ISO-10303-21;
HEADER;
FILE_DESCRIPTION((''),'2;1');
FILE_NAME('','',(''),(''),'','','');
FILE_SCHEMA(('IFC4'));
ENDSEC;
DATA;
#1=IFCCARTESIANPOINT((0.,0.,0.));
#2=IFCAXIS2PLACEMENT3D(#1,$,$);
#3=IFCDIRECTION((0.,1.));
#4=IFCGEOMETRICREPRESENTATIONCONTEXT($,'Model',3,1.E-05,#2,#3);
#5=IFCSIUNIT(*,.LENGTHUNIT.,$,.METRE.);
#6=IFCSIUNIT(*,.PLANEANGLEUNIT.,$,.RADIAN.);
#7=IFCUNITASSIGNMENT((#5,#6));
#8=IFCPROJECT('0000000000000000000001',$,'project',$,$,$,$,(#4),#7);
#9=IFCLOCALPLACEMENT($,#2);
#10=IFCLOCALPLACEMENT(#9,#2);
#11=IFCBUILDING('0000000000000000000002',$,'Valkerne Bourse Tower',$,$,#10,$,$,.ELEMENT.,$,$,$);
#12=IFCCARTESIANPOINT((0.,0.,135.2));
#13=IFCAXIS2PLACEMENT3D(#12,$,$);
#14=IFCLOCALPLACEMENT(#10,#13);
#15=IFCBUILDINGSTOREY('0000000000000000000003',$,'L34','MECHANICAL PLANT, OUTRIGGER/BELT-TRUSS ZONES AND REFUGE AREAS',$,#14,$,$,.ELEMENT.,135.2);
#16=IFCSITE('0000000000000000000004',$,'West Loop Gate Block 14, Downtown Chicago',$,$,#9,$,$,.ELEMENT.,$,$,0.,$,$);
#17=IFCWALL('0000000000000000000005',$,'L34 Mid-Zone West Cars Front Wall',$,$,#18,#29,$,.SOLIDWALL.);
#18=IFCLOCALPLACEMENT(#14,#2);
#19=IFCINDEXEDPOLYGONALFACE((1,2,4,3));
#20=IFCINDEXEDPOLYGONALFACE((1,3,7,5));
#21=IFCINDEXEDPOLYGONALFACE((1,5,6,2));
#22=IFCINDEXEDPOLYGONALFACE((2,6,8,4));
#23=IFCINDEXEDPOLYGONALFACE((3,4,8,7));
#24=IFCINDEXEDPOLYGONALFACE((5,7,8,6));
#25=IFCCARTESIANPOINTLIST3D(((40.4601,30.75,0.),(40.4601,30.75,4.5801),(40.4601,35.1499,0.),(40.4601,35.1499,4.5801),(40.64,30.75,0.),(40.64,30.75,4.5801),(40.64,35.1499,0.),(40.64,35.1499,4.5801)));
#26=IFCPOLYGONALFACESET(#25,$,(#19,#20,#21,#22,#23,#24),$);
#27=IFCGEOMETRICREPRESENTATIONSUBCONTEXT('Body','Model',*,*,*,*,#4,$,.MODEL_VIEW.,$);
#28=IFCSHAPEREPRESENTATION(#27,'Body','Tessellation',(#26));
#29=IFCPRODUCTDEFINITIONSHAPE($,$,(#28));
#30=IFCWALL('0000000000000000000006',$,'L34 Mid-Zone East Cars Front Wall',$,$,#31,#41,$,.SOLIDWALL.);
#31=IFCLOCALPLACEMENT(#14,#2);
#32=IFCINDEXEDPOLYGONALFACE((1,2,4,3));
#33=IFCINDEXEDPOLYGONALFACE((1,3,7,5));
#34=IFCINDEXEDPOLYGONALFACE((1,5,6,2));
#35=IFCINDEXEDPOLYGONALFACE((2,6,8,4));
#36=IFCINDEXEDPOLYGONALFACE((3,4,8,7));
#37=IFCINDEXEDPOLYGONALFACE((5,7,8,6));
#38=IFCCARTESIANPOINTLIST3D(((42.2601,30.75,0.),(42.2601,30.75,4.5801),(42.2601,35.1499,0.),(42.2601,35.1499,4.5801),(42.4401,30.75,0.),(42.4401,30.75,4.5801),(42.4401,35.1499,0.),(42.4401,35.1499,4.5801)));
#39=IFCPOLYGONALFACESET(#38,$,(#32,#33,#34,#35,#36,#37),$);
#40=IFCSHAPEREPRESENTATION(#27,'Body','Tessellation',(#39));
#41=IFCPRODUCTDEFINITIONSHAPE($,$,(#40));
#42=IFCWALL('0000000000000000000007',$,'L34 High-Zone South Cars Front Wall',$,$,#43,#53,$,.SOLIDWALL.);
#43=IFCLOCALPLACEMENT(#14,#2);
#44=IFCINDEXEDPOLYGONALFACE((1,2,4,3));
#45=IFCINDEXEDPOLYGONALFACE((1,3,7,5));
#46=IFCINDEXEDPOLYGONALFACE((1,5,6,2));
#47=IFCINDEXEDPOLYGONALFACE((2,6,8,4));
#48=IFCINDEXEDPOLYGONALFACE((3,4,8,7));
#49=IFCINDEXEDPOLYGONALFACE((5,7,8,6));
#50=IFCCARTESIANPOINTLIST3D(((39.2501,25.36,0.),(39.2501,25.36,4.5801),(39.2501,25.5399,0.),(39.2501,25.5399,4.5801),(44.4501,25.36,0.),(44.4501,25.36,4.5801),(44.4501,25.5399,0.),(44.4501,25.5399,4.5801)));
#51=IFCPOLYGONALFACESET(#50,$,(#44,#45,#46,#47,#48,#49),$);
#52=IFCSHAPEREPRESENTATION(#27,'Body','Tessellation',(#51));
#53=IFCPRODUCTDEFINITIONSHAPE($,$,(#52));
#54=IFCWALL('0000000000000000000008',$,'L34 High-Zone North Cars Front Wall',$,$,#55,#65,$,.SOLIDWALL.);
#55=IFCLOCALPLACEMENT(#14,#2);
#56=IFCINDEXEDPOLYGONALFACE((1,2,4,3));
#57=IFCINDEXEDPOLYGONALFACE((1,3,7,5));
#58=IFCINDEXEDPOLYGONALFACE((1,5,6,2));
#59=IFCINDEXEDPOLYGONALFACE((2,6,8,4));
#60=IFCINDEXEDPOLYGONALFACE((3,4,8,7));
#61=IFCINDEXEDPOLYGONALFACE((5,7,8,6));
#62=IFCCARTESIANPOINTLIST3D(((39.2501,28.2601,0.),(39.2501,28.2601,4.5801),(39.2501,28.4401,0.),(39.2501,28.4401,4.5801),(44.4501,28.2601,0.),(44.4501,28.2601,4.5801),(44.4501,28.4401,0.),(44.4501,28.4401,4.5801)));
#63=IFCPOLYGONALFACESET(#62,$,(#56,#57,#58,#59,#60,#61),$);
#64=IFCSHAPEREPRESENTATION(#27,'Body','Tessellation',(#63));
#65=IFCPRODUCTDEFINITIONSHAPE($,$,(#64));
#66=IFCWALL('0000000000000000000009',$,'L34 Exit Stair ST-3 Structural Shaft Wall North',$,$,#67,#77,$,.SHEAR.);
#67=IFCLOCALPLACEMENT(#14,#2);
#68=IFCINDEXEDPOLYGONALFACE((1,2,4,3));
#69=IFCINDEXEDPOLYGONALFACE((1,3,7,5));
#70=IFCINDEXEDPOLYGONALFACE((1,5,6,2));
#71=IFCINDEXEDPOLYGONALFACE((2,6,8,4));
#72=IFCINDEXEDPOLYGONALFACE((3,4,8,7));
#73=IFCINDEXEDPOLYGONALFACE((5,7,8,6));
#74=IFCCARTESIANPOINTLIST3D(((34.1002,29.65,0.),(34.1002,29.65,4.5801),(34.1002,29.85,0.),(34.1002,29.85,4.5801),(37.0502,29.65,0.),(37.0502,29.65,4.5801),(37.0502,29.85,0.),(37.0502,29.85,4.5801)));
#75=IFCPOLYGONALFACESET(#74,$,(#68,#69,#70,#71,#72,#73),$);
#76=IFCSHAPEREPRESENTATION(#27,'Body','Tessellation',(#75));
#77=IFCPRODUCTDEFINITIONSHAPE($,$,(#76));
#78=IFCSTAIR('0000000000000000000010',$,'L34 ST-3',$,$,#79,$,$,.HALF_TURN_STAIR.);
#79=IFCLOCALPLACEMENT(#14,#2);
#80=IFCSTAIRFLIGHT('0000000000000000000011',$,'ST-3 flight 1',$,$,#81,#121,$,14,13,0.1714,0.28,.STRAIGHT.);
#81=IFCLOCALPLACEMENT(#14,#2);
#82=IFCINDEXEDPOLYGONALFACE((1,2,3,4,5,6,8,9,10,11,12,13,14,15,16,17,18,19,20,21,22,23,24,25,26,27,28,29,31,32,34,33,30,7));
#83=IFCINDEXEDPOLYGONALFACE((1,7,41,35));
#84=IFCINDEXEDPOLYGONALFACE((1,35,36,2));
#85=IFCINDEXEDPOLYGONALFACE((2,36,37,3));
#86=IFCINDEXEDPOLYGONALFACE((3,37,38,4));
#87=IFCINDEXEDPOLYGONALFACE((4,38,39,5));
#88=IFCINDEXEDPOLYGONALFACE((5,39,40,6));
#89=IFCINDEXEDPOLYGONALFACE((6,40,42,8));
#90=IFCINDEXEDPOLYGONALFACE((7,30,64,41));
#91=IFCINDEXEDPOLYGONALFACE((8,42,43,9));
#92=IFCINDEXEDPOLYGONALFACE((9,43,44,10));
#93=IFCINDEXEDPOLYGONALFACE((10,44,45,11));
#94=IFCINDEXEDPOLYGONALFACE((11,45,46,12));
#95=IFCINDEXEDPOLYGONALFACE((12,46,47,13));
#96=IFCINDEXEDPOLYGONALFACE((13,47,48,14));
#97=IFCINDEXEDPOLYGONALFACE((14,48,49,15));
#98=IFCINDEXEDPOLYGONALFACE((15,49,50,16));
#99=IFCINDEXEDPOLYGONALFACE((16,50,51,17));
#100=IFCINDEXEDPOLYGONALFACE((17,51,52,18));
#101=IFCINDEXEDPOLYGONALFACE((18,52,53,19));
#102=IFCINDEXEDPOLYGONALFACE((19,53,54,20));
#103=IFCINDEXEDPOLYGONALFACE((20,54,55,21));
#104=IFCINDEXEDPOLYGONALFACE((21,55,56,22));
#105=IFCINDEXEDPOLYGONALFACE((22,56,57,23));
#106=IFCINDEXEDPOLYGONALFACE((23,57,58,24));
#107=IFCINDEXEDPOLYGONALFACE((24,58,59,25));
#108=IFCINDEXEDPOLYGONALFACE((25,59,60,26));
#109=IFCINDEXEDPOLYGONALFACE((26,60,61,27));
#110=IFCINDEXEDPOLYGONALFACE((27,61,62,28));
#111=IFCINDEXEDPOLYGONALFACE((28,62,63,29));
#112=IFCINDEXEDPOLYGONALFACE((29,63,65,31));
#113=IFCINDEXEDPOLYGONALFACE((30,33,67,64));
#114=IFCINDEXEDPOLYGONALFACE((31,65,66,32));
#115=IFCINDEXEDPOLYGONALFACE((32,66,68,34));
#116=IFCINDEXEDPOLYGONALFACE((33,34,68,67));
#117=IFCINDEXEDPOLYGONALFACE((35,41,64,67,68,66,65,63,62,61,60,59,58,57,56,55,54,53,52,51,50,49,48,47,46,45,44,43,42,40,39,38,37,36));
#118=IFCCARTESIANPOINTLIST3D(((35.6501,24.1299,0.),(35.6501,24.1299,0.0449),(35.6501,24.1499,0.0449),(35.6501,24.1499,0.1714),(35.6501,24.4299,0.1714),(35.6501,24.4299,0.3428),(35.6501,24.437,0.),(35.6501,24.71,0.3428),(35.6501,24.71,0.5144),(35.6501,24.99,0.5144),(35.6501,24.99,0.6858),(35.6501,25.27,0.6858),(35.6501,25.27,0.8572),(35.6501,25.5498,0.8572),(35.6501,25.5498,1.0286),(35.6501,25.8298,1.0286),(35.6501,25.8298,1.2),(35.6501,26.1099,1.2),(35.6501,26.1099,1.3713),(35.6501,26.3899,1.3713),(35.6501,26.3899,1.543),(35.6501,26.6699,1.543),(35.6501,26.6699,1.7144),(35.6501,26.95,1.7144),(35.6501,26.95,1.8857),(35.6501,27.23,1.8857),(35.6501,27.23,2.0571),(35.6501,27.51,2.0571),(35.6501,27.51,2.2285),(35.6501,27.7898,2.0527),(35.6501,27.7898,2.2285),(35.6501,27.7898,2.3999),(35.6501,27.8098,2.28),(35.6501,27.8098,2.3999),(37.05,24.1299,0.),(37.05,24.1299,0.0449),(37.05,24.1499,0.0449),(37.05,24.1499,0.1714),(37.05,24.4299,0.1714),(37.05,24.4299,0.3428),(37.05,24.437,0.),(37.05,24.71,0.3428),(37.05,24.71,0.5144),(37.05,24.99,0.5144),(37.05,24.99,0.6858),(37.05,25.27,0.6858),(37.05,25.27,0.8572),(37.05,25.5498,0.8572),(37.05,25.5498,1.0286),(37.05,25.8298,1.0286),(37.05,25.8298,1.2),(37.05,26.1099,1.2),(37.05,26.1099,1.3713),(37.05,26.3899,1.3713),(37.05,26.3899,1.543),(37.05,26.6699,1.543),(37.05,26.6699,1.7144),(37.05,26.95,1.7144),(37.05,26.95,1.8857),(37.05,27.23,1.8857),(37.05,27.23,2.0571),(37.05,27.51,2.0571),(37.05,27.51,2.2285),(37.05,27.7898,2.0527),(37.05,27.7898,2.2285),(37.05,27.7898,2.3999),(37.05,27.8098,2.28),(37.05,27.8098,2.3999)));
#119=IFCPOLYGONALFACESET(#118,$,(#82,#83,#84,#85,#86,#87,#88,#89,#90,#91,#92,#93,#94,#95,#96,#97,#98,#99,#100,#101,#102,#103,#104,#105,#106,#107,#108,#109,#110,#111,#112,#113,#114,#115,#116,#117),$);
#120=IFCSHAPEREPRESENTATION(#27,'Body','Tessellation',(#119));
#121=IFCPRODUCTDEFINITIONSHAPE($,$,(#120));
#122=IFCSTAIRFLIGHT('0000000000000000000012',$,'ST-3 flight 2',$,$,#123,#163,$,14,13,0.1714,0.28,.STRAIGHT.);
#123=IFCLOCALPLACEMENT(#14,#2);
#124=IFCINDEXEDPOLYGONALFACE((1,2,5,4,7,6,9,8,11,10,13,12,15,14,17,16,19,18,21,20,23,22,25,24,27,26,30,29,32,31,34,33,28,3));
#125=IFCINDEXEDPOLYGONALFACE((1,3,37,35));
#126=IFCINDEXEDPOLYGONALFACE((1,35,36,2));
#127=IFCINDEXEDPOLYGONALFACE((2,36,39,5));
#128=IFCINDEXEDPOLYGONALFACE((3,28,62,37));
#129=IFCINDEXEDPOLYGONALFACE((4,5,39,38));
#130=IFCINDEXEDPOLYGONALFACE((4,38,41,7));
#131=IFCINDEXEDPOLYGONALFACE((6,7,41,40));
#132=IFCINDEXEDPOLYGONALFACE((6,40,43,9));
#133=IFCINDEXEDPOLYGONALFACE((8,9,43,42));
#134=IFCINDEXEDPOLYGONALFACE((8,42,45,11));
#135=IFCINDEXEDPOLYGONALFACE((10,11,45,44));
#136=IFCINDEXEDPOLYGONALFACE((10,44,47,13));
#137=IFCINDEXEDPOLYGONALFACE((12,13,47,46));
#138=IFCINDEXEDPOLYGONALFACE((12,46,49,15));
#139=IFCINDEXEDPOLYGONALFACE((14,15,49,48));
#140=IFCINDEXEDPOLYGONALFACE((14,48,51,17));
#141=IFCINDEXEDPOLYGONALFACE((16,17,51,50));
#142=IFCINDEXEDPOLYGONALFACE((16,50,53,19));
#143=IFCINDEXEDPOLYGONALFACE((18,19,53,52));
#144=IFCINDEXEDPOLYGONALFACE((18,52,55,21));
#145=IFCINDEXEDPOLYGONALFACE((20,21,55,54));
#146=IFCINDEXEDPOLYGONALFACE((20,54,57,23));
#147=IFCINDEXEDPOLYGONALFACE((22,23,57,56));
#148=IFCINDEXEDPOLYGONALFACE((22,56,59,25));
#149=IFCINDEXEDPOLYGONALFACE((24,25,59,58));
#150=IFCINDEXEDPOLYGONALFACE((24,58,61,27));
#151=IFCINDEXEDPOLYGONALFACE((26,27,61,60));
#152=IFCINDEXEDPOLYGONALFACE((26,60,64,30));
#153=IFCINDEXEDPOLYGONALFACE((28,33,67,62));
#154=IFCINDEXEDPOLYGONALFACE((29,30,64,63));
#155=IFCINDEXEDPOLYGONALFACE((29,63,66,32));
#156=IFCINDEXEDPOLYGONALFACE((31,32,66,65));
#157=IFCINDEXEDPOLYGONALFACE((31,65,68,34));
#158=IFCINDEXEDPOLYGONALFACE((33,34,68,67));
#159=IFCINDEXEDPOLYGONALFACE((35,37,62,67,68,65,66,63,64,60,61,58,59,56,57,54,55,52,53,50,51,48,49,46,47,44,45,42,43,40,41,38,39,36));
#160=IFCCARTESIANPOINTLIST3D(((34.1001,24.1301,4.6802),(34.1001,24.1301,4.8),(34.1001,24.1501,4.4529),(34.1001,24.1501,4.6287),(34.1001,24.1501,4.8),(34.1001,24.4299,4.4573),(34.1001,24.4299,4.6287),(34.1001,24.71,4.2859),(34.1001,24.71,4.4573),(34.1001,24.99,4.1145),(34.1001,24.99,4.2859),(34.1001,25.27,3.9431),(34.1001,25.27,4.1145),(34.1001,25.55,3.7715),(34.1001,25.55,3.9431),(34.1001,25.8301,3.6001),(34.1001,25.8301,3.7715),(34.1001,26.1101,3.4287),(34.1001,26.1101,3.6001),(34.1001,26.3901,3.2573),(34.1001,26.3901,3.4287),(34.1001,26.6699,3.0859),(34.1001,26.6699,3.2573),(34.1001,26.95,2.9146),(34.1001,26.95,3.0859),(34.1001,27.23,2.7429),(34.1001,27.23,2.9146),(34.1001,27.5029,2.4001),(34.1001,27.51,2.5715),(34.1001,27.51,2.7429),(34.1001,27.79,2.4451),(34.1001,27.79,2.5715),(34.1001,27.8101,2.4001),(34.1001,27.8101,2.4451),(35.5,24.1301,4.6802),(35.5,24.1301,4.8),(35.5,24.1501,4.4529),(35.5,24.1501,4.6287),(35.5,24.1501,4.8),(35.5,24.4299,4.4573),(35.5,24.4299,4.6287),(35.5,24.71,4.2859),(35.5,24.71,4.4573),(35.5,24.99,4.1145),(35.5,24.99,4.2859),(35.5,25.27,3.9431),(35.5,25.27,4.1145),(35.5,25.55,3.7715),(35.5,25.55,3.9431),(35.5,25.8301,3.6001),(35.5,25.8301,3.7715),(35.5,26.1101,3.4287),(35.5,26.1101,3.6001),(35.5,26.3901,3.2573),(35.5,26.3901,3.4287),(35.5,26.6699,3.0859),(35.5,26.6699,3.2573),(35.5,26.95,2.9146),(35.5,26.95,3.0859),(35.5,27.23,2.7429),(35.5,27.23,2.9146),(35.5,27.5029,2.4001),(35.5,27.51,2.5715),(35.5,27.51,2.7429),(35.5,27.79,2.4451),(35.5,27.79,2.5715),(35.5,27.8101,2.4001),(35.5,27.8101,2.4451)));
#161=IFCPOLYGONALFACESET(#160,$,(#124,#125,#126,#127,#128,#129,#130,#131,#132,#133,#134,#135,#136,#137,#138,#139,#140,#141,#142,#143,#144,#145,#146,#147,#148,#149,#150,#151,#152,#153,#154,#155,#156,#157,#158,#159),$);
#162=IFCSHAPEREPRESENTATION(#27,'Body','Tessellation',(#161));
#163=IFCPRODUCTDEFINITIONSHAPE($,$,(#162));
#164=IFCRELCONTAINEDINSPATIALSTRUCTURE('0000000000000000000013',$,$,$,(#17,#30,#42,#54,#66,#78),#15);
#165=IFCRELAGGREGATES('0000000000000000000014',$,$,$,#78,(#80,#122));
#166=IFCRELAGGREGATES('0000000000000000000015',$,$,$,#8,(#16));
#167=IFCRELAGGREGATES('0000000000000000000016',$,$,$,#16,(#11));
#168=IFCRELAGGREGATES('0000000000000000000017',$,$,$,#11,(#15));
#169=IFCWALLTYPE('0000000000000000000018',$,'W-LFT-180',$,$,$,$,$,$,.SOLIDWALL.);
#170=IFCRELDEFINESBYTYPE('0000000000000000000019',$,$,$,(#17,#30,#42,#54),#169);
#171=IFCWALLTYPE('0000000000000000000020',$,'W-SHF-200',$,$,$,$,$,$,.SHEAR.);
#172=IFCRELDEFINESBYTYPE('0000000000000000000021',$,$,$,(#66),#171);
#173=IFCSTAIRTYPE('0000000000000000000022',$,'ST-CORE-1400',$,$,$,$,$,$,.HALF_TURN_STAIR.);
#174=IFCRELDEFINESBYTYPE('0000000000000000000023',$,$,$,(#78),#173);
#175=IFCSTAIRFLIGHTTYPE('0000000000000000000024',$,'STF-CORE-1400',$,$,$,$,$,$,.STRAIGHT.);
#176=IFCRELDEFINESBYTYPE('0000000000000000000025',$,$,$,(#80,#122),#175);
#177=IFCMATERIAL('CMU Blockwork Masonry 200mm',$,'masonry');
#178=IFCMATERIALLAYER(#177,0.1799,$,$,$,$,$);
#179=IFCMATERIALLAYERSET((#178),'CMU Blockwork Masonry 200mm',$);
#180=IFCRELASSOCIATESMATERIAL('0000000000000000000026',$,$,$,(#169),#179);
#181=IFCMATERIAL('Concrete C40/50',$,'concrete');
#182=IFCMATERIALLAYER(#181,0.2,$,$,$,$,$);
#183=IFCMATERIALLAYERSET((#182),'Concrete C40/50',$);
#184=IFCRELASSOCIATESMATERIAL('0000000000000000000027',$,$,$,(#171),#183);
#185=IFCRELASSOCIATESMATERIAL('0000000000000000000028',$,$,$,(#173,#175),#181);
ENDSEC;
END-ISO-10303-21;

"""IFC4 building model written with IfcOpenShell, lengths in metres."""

from ifc_helpers import new_model, si_unit, direction, frame, frame_2d, origin, place, context, subcontext, project, spatial, polyline, rectangle, outline, extrude, material, layer, layer_set, type_object, element, aggregate, save


model = new_model("IFC4")

# Units and contexts
model_context = context("Model", 3, precision=1e-05, world=origin(), true_north=direction((0.0, 1.0)))
body_context = subcontext(model_context, "Body", "Model", "MODEL_VIEW")
ifc_project = project(units=[si_unit("LENGTHUNIT", "METRE"), si_unit("PLANEANGLEUNIT", "RADIAN")], contexts=[model_context])

# Site, building, storey
site_placement = place(None, origin())
site = spatial("IfcSite", under=ifc_project, at=site_placement, Name="West Loop Gate Block 14, Downtown Chicago", CompositionType="ELEMENT", RefElevation=0.0)
building_placement = place(site_placement, origin())
building = spatial("IfcBuilding", under=site, at=building_placement, Name="Valkerne Bourse Tower", CompositionType="ELEMENT")
storey_placement = place(building_placement, frame((0.0, 0.0, 135.2)))
storey = spatial("IfcBuildingStorey", under=building, at=storey_placement, Name="L34", Description="MECHANICAL PLANT, OUTRIGGER/BELT-TRUSS ZONES AND REFUGE AREAS", CompositionType="ELEMENT", Elevation=135.2)

# Walls
ifc_material_1 = material(Name="CMU Blockwork Masonry 200mm", Category="masonry")
ifc_layer_1 = layer(ifc_material_1, 0.1799)
ifc_layer_set_1 = layer_set([ifc_layer_1], Name="CMU Blockwork Masonry 200mm")
wall_type_1 = type_object("IfcWallType", Name="W-LFT-180", PredefinedType="SOLIDWALL", material=ifc_layer_set_1)
for number, where, z_axis, x_axis, name in (
    (1, (40.55, 30.75, 0.0), (0.0, 0.0, 1.0), (0.0, 1.0, 0.0), "L34 Mid-Zone West Cars Front Wall"),
    (2, (42.3501, 30.75, 0.0), (0.0, 0.0, 1.0), (0.0, 1.0, 0.0), "L34 Mid-Zone East Cars Front Wall"),
):
    element("IfcWall", number, at=place(storey_placement, frame(where, z_axis=z_axis, x_axis=x_axis)), inside=storey, type_object=wall_type_1, Name=name, PredefinedType="SOLIDWALL", context=body_context, shape_type="SweptSolid", body=[
        extrude(rectangle(XDim=4.3999, YDim=0.1799, at=frame_2d((2.2, 0.0))), origin(), (0.0, 0.0, 1.0), 4.5801),
    ])
for number, where, z_axis, x_axis, name in (
    (3, (39.25, 25.45, 0.0), (0.0, 0.0, 1.0), (1.0, 0.0, 0.0), "L34 High-Zone South Cars Front Wall"),
    (4, (39.25, 28.3501, 0.0), (0.0, 0.0, 1.0), (1.0, 0.0, 0.0), "L34 High-Zone North Cars Front Wall"),
):
    element("IfcWall", number, at=place(storey_placement, frame(where, z_axis=z_axis, x_axis=x_axis)), inside=storey, type_object=wall_type_1, Name=name, PredefinedType="SOLIDWALL", context=body_context, shape_type="SweptSolid", body=[
        extrude(rectangle(XDim=5.2, YDim=0.1799, at=frame_2d((2.6001, 0.0))), origin(), (0.0, 0.0, 1.0), 4.5801),
    ])
ifc_material_2 = material(Name="Concrete C40/50", Category="concrete")
ifc_layer_2 = layer(ifc_material_2, 0.2)
ifc_layer_set_2 = layer_set([ifc_layer_2], Name="Concrete C40/50")
wall_type_2 = type_object("IfcWallType", Name="W-SHF-200", PredefinedType="SHEAR", material=ifc_layer_set_2)
wall_1_placement = place(storey_placement, frame((34.1001, 29.75, 0.0), z_axis=(0.0, 0.0, 1.0), x_axis=(1.0, 0.0, 0.0)))
element("IfcWall", 5, at=wall_1_placement, inside=storey, type_object=wall_type_2, Name="L34 Exit Stair ST-3 Structural Shaft Wall North", PredefinedType="SHEAR", context=body_context, shape_type="SweptSolid", body=[
    extrude(rectangle(XDim=2.95, YDim=0.2, at=frame_2d((1.4751, 0.0))), origin(), (0.0, 0.0, 1.0), 4.5801),
])

# Stair, stair flights
stair_type = type_object("IfcStairType", Name="ST-CORE-1400", PredefinedType="HALF_TURN_STAIR", material=ifc_material_2)
stair_placement = place(storey_placement, origin())
stair = element("IfcStair", 6, at=stair_placement, inside=storey, type_object=stair_type, Name="L34 ST-3", PredefinedType="HALF_TURN_STAIR")
stair_flight_type = type_object("IfcStairFlightType", Name="STF-CORE-1400", PredefinedType="STRAIGHT", material=ifc_material_2)
stair_flight_1_placement = place(storey_placement, frame((36.3501, 24.1499, 0.0), z_axis=(0.0, 0.0, 1.0), x_axis=(0.0, 1.0, 0.0)))
stair_flight_1 = element("IfcStairFlight", 7, at=stair_flight_1_placement, type_object=stair_flight_type, Name="ST-3 flight 1", NumberOfRisers=14, NumberOfTreads=13, PredefinedType="STRAIGHT", RiserHeight=0.1714, TreadLength=0.28, context=body_context, shape_type="SweptSolid", body=[
    extrude(outline(polyline([(-0.02, 0.0), (-0.02, 0.0449), (0.0, 0.0449), (0.0, 0.1714), (0.28, 0.1714), (0.28, 0.3428), (0.5601, 0.3428), (0.5601, 0.5144), (0.8401, 0.5144), (0.8401, 0.6858), (1.1201, 0.6858), (1.1201, 0.8572), (1.3999, 0.8572), (1.3999, 1.0286), (1.6799, 1.0286), (1.6799, 1.2), (1.96, 1.2), (1.96, 1.3713), (2.24, 1.3713), (2.24, 1.543), (2.52, 1.543), (2.52, 1.7144), (2.8, 1.7144), (2.8, 1.8857), (3.0801, 1.8857), (3.0801, 2.0571), (3.3601, 2.0571), (3.3601, 2.2285), (3.6399, 2.2285), (3.6399, 2.3999), (3.6599, 2.3999), (3.6599, 2.28), (3.6399, 2.0527), (0.2871, 0.0), (-0.02, 0.0)])), frame((0.0, 0.7, 0.0), z_axis=(0.0, -1.0, 0.0), x_axis=(1.0, 0.0, 0.0)), (0.0, 0.0, 1.0), 1.3999),
])
stair_flight_2_placement = place(storey_placement, frame((34.8, 27.79, 2.4001), z_axis=(0.0, 0.0, 1.0), x_axis=(0.0, -1.0, 0.0)))
stair_flight_2 = element("IfcStairFlight", 8, at=stair_flight_2_placement, type_object=stair_flight_type, Name="ST-3 flight 2", NumberOfRisers=14, NumberOfTreads=13, PredefinedType="STRAIGHT", RiserHeight=0.1714, TreadLength=0.28, context=body_context, shape_type="SweptSolid", body=[
    extrude(outline(polyline([(-0.02, 0.0), (-0.02, 0.0449), (0.0, 0.0449), (0.0, 0.1714), (0.28, 0.1714), (0.28, 0.3428), (0.5601, 0.3428), (0.5601, 0.5144), (0.8401, 0.5144), (0.8401, 0.6858), (1.1201, 0.6858), (1.1201, 0.8572), (1.3999, 0.8572), (1.3999, 1.0286), (1.6799, 1.0286), (1.6799, 1.2), (1.96, 1.2), (1.96, 1.3713), (2.24, 1.3713), (2.24, 1.543), (2.52, 1.543), (2.52, 1.7144), (2.8, 1.7144), (2.8, 1.8857), (3.0801, 1.8857), (3.0801, 2.0571), (3.3601, 2.0571), (3.3601, 2.2285), (3.6399, 2.2285), (3.6399, 2.3999), (3.6599, 2.3999), (3.6599, 2.28), (3.6399, 2.0527), (0.2871, 0.0), (-0.02, 0.0)])), frame((0.0, 0.7, 0.0), z_axis=(0.0, -1.0, 0.0), x_axis=(1.0, 0.0, 0.0)), (0.0, 0.0, 1.0), 1.3999),
])
aggregate(stair, [stair_flight_1, stair_flight_2])

save(model, "model.ifc")
